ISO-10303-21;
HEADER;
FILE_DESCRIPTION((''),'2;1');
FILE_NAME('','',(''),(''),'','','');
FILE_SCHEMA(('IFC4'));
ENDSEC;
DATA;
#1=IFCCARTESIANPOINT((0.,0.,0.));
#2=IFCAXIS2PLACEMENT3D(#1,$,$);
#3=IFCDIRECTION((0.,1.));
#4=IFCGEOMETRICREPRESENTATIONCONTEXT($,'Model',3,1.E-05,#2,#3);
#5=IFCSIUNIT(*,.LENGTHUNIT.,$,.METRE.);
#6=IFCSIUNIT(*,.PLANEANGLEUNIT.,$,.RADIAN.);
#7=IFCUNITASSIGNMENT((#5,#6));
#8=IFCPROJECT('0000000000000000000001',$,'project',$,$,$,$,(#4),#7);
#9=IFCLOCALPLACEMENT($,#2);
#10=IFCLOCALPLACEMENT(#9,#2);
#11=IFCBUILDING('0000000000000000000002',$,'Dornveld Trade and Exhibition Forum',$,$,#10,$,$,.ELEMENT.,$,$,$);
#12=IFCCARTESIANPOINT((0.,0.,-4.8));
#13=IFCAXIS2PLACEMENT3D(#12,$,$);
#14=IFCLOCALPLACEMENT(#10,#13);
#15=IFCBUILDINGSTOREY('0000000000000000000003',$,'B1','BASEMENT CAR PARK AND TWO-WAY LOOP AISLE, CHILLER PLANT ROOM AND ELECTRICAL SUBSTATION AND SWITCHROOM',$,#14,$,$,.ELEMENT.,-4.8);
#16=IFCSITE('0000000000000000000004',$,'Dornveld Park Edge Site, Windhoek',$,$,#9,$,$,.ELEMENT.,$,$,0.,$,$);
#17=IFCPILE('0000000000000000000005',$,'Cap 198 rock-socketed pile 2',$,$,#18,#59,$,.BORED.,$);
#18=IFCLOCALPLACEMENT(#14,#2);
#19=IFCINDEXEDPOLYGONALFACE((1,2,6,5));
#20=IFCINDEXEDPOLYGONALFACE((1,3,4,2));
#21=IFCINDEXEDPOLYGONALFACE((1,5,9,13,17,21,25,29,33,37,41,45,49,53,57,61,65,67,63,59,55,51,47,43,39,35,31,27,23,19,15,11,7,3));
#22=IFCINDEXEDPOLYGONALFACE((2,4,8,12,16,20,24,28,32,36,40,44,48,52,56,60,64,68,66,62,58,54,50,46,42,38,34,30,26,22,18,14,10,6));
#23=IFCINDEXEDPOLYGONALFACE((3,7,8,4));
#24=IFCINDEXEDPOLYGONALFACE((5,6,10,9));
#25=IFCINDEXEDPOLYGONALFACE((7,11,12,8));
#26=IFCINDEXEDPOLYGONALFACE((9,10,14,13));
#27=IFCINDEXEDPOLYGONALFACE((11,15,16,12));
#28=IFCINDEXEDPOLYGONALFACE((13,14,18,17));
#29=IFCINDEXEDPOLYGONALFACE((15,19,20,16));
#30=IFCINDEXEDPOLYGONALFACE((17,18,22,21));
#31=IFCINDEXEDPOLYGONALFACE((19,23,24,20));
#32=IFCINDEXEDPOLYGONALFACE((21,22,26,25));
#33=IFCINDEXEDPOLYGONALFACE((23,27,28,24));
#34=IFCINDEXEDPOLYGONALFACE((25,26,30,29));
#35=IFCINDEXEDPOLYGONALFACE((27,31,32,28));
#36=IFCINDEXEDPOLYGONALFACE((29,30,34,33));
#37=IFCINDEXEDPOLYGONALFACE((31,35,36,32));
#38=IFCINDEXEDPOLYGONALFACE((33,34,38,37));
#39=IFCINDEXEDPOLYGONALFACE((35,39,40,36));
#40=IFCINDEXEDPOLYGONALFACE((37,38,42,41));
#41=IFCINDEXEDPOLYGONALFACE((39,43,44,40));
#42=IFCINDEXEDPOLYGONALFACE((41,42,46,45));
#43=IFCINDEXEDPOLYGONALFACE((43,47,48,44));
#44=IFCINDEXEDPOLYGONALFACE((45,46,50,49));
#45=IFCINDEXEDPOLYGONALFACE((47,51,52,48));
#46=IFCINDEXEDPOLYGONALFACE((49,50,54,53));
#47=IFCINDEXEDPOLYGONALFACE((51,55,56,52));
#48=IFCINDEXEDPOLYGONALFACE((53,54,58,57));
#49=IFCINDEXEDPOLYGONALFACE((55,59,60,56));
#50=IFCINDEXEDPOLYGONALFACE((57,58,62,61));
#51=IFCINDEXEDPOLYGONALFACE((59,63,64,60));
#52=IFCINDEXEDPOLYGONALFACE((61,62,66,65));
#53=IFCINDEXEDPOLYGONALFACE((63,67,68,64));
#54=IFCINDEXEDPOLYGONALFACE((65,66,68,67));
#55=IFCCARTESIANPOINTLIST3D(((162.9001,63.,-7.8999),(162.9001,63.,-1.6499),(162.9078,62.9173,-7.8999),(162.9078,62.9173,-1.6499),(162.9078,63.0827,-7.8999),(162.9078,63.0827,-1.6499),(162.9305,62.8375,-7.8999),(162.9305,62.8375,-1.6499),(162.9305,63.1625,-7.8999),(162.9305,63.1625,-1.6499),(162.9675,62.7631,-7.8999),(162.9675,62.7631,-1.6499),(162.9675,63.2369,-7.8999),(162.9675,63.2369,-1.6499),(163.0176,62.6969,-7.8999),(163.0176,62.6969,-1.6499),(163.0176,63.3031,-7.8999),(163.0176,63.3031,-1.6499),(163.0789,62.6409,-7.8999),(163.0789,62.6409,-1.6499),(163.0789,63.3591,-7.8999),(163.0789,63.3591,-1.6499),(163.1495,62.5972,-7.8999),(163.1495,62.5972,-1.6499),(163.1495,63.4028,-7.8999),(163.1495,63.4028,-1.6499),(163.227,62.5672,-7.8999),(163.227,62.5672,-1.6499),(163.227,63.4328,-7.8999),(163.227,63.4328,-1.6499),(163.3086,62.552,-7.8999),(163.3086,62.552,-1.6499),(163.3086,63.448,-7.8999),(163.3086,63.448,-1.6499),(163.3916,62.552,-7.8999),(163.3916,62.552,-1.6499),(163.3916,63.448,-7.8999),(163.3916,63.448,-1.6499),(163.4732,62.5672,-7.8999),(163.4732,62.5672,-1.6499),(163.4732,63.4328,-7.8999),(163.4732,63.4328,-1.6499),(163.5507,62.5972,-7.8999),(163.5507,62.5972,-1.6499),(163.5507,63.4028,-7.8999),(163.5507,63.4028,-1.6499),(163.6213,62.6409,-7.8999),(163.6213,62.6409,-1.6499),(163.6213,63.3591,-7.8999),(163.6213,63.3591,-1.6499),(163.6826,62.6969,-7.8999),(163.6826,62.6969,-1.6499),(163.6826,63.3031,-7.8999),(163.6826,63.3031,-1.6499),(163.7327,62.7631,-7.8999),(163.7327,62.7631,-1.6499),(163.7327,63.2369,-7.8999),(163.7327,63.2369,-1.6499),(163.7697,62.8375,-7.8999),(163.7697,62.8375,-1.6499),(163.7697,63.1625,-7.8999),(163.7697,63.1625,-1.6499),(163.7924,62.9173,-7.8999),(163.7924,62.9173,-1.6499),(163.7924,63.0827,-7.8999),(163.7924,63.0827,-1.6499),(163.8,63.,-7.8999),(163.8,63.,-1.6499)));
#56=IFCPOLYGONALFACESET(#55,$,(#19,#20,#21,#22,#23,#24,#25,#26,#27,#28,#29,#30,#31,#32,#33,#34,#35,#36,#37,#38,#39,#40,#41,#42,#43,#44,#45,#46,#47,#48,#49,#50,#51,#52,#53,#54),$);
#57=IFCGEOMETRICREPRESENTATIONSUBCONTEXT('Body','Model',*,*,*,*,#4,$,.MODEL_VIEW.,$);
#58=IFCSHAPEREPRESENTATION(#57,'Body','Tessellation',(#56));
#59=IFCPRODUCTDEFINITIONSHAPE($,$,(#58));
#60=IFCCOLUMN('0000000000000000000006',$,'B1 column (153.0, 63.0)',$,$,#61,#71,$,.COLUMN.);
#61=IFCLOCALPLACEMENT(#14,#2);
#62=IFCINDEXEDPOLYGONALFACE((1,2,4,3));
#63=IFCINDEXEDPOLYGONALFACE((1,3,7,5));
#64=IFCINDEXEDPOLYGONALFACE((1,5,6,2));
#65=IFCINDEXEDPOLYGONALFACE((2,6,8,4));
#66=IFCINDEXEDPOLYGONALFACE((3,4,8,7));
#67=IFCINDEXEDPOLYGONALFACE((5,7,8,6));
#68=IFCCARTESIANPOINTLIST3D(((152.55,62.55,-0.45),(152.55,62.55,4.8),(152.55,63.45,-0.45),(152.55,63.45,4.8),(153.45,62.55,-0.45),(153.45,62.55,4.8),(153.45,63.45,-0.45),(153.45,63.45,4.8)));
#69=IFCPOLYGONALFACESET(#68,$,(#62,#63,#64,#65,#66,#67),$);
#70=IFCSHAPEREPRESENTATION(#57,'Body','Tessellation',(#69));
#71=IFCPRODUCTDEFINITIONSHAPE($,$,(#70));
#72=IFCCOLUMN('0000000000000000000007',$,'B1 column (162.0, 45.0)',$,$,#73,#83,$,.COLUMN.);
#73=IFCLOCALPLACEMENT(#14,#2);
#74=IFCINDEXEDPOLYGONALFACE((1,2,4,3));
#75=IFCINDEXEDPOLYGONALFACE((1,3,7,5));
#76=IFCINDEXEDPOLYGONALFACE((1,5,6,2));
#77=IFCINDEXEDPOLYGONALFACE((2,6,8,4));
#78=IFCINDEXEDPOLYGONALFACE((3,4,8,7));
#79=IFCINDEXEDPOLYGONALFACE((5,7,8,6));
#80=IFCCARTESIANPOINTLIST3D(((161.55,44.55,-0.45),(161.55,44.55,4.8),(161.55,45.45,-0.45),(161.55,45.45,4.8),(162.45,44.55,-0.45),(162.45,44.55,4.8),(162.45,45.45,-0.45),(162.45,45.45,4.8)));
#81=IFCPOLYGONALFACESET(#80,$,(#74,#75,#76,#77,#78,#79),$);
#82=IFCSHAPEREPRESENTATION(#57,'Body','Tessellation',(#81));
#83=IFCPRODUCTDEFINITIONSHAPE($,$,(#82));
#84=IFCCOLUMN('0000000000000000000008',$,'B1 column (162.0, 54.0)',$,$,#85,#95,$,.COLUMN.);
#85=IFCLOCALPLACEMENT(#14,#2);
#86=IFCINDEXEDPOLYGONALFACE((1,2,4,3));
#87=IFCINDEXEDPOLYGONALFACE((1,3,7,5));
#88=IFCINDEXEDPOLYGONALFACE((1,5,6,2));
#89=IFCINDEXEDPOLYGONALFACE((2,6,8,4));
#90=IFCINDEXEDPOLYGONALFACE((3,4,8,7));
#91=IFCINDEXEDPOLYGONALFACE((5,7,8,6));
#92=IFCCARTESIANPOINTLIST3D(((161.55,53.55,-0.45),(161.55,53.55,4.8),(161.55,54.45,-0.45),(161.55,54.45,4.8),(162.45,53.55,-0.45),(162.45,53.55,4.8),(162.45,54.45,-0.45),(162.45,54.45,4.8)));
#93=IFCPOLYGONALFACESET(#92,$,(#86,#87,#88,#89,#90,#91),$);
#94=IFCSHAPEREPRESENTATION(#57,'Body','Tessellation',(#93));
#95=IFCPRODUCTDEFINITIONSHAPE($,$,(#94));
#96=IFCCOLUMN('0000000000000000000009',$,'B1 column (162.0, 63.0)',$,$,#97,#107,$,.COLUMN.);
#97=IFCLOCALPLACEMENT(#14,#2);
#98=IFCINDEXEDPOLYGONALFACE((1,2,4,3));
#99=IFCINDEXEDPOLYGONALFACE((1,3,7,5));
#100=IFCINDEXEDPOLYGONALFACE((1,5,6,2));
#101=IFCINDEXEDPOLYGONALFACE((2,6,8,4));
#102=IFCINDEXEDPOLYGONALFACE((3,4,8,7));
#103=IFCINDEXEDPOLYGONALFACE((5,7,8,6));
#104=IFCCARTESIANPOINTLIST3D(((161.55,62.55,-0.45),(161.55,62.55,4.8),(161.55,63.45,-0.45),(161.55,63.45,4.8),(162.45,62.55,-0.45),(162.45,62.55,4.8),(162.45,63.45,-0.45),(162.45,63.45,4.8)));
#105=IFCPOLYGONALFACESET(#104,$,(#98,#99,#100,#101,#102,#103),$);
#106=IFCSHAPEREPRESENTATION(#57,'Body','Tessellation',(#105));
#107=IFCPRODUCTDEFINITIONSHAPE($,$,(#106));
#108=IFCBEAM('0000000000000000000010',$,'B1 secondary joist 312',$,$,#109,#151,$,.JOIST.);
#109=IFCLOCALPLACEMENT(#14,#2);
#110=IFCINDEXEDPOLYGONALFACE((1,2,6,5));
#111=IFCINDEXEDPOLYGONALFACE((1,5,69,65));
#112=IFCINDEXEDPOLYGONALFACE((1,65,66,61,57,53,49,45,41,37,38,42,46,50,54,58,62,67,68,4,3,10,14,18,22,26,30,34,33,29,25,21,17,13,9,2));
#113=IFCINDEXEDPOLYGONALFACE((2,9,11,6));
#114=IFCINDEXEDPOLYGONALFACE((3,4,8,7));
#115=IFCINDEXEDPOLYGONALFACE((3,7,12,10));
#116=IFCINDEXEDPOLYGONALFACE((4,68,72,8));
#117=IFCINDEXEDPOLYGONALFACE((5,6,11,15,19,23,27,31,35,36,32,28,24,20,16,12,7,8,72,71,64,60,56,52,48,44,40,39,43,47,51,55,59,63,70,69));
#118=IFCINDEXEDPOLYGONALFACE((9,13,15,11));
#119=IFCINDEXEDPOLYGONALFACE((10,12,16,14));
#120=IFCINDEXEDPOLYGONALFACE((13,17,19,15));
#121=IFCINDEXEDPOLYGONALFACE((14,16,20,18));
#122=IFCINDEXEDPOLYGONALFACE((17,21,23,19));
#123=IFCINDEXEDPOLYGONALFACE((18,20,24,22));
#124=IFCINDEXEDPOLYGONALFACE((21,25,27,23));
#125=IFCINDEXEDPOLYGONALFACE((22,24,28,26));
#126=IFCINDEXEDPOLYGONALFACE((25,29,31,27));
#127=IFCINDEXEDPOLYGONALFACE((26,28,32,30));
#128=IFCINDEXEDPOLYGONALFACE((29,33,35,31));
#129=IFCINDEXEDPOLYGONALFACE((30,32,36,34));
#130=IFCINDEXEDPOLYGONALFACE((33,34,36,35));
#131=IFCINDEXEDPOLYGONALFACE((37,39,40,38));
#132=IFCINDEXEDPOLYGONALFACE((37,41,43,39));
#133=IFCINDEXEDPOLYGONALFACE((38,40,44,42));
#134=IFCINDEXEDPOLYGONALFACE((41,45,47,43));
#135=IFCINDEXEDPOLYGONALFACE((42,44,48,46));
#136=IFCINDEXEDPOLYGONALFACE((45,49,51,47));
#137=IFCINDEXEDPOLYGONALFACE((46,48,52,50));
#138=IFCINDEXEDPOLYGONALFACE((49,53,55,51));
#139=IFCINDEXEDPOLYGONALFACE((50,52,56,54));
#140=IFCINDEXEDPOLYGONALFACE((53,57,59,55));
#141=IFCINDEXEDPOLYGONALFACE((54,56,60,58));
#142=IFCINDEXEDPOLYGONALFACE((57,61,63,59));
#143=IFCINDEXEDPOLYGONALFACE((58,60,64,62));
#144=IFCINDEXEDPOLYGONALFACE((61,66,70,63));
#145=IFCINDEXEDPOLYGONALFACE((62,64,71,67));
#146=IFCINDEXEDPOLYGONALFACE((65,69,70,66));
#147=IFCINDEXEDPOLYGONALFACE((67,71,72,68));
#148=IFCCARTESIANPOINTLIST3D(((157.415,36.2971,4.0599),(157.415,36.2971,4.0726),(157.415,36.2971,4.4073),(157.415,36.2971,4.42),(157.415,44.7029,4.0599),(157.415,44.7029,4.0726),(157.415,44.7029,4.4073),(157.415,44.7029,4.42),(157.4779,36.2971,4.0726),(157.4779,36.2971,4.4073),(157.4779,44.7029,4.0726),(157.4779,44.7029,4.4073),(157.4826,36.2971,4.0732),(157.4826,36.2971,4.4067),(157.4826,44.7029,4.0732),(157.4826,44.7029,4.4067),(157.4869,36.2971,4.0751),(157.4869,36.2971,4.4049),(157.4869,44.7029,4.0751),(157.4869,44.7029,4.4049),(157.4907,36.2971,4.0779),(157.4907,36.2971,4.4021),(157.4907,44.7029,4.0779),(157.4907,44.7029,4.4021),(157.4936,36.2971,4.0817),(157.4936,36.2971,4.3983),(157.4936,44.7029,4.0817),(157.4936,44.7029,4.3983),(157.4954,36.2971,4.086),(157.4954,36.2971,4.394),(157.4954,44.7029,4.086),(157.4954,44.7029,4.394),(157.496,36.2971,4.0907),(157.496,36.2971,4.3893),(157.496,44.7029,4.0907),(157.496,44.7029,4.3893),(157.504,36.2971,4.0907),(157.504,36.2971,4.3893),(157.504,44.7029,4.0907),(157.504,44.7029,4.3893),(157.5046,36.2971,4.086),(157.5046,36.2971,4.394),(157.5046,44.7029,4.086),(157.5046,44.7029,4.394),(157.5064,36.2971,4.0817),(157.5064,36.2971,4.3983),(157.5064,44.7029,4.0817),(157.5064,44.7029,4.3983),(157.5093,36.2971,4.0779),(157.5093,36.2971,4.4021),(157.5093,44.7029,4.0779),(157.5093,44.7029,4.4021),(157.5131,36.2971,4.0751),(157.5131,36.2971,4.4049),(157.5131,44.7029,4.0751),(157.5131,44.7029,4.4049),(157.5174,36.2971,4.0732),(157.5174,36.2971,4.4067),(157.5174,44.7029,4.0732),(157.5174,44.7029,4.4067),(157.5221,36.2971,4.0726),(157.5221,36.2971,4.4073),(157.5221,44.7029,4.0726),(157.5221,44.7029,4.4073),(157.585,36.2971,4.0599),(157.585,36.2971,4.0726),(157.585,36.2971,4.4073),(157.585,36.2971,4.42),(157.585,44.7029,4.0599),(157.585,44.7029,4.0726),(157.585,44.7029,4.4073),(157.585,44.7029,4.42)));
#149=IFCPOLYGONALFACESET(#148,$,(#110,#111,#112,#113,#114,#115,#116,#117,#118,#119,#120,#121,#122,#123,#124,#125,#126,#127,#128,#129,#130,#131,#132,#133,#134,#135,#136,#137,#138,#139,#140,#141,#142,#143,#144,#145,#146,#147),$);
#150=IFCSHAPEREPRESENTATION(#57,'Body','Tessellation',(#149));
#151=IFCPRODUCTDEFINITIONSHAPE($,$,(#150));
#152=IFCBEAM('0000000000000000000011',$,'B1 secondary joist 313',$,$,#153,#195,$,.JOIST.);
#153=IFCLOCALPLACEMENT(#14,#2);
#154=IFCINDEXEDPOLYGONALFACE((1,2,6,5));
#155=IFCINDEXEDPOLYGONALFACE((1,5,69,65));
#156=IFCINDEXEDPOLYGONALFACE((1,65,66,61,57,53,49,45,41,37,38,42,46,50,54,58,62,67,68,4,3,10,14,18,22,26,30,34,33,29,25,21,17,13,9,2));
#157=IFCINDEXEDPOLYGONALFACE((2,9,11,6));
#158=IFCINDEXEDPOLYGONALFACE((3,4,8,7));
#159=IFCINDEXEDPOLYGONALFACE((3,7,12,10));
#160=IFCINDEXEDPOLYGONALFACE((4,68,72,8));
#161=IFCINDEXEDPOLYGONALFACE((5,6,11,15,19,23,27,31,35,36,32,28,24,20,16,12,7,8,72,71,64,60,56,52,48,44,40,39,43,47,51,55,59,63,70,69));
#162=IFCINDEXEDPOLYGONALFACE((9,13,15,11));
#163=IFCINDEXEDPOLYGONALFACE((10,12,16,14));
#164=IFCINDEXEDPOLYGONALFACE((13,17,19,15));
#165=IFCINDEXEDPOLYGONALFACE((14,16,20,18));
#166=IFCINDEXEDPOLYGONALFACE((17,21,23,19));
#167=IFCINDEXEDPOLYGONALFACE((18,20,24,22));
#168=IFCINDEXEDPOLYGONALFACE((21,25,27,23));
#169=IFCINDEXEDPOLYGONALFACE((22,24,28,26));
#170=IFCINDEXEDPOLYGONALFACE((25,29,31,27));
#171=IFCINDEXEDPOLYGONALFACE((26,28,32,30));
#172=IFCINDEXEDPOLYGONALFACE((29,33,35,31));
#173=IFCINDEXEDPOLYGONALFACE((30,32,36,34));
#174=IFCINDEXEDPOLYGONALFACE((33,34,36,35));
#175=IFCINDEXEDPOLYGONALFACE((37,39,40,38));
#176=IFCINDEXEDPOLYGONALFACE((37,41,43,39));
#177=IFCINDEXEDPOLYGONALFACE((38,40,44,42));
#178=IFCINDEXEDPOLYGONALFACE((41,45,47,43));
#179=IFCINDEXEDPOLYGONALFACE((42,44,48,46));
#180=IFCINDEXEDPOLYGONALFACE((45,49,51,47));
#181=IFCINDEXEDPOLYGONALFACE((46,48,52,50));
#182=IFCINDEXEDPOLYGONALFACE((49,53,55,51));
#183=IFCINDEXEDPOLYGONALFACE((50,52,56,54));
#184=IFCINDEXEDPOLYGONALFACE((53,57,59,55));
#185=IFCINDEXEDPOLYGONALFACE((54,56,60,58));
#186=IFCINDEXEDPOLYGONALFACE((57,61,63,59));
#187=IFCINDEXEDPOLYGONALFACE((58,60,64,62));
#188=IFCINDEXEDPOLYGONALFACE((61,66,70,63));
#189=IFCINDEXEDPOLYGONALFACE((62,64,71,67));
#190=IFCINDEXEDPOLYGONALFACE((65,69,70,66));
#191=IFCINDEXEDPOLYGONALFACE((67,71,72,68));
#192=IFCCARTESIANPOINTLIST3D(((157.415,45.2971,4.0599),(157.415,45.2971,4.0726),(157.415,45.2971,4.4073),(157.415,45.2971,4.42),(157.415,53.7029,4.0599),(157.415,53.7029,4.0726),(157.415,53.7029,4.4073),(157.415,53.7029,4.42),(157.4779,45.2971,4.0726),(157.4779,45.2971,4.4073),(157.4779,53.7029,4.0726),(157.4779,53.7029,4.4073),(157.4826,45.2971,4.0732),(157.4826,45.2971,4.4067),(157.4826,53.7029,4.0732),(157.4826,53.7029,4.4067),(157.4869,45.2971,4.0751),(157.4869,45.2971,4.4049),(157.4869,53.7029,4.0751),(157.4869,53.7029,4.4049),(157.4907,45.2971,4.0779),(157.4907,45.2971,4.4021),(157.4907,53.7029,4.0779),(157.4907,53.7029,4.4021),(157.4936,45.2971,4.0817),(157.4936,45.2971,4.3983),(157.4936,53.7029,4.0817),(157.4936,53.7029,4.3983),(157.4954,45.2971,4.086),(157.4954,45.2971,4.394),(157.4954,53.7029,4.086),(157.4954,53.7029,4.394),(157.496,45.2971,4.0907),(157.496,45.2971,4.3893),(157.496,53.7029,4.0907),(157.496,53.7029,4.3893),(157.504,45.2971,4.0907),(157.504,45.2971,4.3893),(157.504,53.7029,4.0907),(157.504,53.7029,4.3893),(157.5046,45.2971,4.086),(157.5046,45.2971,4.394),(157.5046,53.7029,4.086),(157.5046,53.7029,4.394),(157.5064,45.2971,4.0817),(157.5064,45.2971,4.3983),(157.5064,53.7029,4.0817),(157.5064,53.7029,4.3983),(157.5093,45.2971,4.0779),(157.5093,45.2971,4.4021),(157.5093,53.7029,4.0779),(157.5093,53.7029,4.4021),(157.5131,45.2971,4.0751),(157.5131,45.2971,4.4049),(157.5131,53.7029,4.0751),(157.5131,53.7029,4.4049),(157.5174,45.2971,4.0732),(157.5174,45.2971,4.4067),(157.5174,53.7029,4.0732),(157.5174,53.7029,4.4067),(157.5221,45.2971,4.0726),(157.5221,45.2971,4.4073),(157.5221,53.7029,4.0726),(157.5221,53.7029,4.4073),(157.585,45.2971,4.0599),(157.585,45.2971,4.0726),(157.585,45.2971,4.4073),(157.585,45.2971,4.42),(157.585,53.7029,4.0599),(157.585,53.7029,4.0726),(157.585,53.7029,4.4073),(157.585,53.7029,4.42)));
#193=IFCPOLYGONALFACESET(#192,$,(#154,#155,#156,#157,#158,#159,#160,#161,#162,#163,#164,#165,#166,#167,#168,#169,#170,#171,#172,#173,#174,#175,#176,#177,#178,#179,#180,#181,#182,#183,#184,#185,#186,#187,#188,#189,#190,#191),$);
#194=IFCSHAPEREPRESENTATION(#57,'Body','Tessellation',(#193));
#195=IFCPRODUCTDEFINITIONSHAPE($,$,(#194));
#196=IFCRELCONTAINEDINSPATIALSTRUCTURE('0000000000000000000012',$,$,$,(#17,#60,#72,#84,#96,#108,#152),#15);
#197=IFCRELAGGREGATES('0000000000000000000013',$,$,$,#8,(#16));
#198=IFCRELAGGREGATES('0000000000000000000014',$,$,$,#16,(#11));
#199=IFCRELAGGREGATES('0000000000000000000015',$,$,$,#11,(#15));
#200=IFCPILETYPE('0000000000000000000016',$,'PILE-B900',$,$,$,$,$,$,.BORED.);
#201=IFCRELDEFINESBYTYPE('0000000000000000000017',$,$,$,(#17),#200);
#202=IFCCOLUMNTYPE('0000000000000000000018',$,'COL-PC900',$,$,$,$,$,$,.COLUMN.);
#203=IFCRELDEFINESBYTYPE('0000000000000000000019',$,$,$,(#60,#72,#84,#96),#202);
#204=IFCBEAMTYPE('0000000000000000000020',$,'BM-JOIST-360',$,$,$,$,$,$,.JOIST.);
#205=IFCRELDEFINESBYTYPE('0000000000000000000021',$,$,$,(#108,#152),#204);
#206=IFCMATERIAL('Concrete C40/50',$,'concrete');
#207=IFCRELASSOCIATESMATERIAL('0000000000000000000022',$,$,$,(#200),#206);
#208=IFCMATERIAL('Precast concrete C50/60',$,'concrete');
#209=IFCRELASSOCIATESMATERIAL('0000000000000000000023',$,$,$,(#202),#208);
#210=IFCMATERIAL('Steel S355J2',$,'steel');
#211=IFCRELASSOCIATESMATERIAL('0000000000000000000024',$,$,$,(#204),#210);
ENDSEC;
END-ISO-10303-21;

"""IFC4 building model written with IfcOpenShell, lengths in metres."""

from ifc_helpers import new_model, si_unit, direction, frame, origin, origin_2d, place, context, subcontext, project, spatial, rectangle, circle, i_section, extrude, material, material_profile, profile_set, type_object, element, save


model = new_model("IFC4")

# Units and contexts
model_context = context("Model", 3, precision=1e-05, world=origin(), true_north=direction((0.0, 1.0)))
body_context = subcontext(model_context, "Body", "Model", "MODEL_VIEW")
ifc_project = project(units=[si_unit("LENGTHUNIT", "METRE"), si_unit("PLANEANGLEUNIT", "RADIAN")], contexts=[model_context])

# Site, building, storey
site_placement = place(None, origin())
site = spatial("IfcSite", under=ifc_project, at=site_placement, Name="Dornveld Park Edge Site, Windhoek", CompositionType="ELEMENT", RefElevation=0.0)
building_placement = place(site_placement, origin())
building = spatial("IfcBuilding", under=site, at=building_placement, Name="Dornveld Trade and Exhibition Forum", CompositionType="ELEMENT")
storey_placement = place(building_placement, frame((0.0, 0.0, -4.8)))
storey = spatial("IfcBuildingStorey", under=building, at=storey_placement, Name="B1", Description="BASEMENT CAR PARK AND TWO-WAY LOOP AISLE, CHILLER PLANT ROOM AND ELECTRICAL SUBSTATION AND SWITCHROOM", CompositionType="ELEMENT", Elevation=-4.8)

# Pile
ifc_material_1 = material(Name="Concrete C40/50", Category="concrete")
ifc_material_profile_1 = material_profile(ifc_material_1, circle(Radius=0.45, at=origin_2d()), Name="PILE D900")
ifc_profile_set_1 = profile_set([ifc_material_profile_1], Name="Concrete C40/50")
pile_type = type_object("IfcPileType", Name="PILE-B900", PredefinedType="BORED", material=ifc_profile_set_1)
for number, where, z_axis, x_axis, name in (
    (1, (163.3501, 63.0, -1.6499), (0.0, 0.0, -1.0), (1.0, 0.0, 0.0), "Cap 198 rock-socketed pile 2"),
):
    element("IfcPile", number, at=place(storey_placement, frame(where, z_axis=z_axis, x_axis=x_axis)), inside=storey, type_object=pile_type, Name=name, PredefinedType="BORED", context=body_context, shape_type="SweptSolid", body=[
        extrude(circle(Radius=0.45, at=origin_2d()), origin(), (0.0, 0.0, 1.0), 6.25),
    ])

# Columns
ifc_material_2 = material(Name="Precast concrete C50/60", Category="concrete")
ifc_material_profile_2 = material_profile(ifc_material_2, rectangle(XDim=0.8999, YDim=0.8999, at=origin_2d()), Name="PC-COL 900x900")
ifc_profile_set_2 = profile_set([ifc_material_profile_2], Name="Precast concrete C50/60")
column_type = type_object("IfcColumnType", Name="COL-PC900", PredefinedType="COLUMN", material=ifc_profile_set_2)
for number, where, z_axis, x_axis, name in (
    (2, (153.0, 63.0, -0.45), (0.0, 0.0, 1.0), (1.0, 0.0, 0.0), "B1 column (153.0, 63.0)"),
    (3, (162.0, 45.0, -0.45), (0.0, 0.0, 1.0), (1.0, 0.0, 0.0), "B1 column (162.0, 45.0)"),
    (4, (162.0, 54.0, -0.45), (0.0, 0.0, 1.0), (1.0, 0.0, 0.0), "B1 column (162.0, 54.0)"),
    (5, (162.0, 63.0, -0.45), (0.0, 0.0, 1.0), (1.0, 0.0, 0.0), "B1 column (162.0, 63.0)"),
):
    element("IfcColumn", number, at=place(storey_placement, frame(where, z_axis=z_axis, x_axis=x_axis)), inside=storey, type_object=column_type, Name=name, PredefinedType="COLUMN", context=body_context, shape_type="SweptSolid", body=[
        extrude(rectangle(XDim=0.8999, YDim=0.8999, at=origin_2d()), origin(), (0.0, 0.0, 1.0), 5.25),
    ])

# Beams
ifc_material_3 = material(Name="Steel S355J2", Category="steel")
ifc_material_profile_3 = material_profile(ifc_material_3, i_section(OverallWidth=0.1699, OverallDepth=0.3601, WebThickness=0.0081, FlangeThickness=0.0127, FilletRadius=0.0181, at=origin_2d()), Name="IPE 360")
ifc_profile_set_3 = profile_set([ifc_material_profile_3], Name="Steel S355J2")
beam_type_1 = type_object("IfcBeamType", Name="BM-JOIST-360", PredefinedType="JOIST", material=ifc_profile_set_3)
for number, where, z_axis, x_axis, name in (
    (6, (157.5, 36.2971, 4.24), (0.0, 1.0, 0.0), (-1.0, 0.0, 0.0), "B1 secondary joist 312"),
    (7, (157.5, 45.2971, 4.24), (0.0, 1.0, 0.0), (-1.0, 0.0, 0.0), "B1 secondary joist 313"),
):
    element("IfcBeam", number, at=place(storey_placement, frame(where, z_axis=z_axis, x_axis=x_axis)), inside=storey, type_object=beam_type_1, Name=name, PredefinedType="JOIST", context=body_context, shape_type="SweptSolid", body=[
        extrude(i_section(OverallWidth=0.1699, OverallDepth=0.3601, WebThickness=0.0081, FlangeThickness=0.0127, FilletRadius=0.0181, at=origin_2d()), origin(), (0.0, 0.0, 1.0), 8.4058),
    ])

save(model, "model.ifc")
